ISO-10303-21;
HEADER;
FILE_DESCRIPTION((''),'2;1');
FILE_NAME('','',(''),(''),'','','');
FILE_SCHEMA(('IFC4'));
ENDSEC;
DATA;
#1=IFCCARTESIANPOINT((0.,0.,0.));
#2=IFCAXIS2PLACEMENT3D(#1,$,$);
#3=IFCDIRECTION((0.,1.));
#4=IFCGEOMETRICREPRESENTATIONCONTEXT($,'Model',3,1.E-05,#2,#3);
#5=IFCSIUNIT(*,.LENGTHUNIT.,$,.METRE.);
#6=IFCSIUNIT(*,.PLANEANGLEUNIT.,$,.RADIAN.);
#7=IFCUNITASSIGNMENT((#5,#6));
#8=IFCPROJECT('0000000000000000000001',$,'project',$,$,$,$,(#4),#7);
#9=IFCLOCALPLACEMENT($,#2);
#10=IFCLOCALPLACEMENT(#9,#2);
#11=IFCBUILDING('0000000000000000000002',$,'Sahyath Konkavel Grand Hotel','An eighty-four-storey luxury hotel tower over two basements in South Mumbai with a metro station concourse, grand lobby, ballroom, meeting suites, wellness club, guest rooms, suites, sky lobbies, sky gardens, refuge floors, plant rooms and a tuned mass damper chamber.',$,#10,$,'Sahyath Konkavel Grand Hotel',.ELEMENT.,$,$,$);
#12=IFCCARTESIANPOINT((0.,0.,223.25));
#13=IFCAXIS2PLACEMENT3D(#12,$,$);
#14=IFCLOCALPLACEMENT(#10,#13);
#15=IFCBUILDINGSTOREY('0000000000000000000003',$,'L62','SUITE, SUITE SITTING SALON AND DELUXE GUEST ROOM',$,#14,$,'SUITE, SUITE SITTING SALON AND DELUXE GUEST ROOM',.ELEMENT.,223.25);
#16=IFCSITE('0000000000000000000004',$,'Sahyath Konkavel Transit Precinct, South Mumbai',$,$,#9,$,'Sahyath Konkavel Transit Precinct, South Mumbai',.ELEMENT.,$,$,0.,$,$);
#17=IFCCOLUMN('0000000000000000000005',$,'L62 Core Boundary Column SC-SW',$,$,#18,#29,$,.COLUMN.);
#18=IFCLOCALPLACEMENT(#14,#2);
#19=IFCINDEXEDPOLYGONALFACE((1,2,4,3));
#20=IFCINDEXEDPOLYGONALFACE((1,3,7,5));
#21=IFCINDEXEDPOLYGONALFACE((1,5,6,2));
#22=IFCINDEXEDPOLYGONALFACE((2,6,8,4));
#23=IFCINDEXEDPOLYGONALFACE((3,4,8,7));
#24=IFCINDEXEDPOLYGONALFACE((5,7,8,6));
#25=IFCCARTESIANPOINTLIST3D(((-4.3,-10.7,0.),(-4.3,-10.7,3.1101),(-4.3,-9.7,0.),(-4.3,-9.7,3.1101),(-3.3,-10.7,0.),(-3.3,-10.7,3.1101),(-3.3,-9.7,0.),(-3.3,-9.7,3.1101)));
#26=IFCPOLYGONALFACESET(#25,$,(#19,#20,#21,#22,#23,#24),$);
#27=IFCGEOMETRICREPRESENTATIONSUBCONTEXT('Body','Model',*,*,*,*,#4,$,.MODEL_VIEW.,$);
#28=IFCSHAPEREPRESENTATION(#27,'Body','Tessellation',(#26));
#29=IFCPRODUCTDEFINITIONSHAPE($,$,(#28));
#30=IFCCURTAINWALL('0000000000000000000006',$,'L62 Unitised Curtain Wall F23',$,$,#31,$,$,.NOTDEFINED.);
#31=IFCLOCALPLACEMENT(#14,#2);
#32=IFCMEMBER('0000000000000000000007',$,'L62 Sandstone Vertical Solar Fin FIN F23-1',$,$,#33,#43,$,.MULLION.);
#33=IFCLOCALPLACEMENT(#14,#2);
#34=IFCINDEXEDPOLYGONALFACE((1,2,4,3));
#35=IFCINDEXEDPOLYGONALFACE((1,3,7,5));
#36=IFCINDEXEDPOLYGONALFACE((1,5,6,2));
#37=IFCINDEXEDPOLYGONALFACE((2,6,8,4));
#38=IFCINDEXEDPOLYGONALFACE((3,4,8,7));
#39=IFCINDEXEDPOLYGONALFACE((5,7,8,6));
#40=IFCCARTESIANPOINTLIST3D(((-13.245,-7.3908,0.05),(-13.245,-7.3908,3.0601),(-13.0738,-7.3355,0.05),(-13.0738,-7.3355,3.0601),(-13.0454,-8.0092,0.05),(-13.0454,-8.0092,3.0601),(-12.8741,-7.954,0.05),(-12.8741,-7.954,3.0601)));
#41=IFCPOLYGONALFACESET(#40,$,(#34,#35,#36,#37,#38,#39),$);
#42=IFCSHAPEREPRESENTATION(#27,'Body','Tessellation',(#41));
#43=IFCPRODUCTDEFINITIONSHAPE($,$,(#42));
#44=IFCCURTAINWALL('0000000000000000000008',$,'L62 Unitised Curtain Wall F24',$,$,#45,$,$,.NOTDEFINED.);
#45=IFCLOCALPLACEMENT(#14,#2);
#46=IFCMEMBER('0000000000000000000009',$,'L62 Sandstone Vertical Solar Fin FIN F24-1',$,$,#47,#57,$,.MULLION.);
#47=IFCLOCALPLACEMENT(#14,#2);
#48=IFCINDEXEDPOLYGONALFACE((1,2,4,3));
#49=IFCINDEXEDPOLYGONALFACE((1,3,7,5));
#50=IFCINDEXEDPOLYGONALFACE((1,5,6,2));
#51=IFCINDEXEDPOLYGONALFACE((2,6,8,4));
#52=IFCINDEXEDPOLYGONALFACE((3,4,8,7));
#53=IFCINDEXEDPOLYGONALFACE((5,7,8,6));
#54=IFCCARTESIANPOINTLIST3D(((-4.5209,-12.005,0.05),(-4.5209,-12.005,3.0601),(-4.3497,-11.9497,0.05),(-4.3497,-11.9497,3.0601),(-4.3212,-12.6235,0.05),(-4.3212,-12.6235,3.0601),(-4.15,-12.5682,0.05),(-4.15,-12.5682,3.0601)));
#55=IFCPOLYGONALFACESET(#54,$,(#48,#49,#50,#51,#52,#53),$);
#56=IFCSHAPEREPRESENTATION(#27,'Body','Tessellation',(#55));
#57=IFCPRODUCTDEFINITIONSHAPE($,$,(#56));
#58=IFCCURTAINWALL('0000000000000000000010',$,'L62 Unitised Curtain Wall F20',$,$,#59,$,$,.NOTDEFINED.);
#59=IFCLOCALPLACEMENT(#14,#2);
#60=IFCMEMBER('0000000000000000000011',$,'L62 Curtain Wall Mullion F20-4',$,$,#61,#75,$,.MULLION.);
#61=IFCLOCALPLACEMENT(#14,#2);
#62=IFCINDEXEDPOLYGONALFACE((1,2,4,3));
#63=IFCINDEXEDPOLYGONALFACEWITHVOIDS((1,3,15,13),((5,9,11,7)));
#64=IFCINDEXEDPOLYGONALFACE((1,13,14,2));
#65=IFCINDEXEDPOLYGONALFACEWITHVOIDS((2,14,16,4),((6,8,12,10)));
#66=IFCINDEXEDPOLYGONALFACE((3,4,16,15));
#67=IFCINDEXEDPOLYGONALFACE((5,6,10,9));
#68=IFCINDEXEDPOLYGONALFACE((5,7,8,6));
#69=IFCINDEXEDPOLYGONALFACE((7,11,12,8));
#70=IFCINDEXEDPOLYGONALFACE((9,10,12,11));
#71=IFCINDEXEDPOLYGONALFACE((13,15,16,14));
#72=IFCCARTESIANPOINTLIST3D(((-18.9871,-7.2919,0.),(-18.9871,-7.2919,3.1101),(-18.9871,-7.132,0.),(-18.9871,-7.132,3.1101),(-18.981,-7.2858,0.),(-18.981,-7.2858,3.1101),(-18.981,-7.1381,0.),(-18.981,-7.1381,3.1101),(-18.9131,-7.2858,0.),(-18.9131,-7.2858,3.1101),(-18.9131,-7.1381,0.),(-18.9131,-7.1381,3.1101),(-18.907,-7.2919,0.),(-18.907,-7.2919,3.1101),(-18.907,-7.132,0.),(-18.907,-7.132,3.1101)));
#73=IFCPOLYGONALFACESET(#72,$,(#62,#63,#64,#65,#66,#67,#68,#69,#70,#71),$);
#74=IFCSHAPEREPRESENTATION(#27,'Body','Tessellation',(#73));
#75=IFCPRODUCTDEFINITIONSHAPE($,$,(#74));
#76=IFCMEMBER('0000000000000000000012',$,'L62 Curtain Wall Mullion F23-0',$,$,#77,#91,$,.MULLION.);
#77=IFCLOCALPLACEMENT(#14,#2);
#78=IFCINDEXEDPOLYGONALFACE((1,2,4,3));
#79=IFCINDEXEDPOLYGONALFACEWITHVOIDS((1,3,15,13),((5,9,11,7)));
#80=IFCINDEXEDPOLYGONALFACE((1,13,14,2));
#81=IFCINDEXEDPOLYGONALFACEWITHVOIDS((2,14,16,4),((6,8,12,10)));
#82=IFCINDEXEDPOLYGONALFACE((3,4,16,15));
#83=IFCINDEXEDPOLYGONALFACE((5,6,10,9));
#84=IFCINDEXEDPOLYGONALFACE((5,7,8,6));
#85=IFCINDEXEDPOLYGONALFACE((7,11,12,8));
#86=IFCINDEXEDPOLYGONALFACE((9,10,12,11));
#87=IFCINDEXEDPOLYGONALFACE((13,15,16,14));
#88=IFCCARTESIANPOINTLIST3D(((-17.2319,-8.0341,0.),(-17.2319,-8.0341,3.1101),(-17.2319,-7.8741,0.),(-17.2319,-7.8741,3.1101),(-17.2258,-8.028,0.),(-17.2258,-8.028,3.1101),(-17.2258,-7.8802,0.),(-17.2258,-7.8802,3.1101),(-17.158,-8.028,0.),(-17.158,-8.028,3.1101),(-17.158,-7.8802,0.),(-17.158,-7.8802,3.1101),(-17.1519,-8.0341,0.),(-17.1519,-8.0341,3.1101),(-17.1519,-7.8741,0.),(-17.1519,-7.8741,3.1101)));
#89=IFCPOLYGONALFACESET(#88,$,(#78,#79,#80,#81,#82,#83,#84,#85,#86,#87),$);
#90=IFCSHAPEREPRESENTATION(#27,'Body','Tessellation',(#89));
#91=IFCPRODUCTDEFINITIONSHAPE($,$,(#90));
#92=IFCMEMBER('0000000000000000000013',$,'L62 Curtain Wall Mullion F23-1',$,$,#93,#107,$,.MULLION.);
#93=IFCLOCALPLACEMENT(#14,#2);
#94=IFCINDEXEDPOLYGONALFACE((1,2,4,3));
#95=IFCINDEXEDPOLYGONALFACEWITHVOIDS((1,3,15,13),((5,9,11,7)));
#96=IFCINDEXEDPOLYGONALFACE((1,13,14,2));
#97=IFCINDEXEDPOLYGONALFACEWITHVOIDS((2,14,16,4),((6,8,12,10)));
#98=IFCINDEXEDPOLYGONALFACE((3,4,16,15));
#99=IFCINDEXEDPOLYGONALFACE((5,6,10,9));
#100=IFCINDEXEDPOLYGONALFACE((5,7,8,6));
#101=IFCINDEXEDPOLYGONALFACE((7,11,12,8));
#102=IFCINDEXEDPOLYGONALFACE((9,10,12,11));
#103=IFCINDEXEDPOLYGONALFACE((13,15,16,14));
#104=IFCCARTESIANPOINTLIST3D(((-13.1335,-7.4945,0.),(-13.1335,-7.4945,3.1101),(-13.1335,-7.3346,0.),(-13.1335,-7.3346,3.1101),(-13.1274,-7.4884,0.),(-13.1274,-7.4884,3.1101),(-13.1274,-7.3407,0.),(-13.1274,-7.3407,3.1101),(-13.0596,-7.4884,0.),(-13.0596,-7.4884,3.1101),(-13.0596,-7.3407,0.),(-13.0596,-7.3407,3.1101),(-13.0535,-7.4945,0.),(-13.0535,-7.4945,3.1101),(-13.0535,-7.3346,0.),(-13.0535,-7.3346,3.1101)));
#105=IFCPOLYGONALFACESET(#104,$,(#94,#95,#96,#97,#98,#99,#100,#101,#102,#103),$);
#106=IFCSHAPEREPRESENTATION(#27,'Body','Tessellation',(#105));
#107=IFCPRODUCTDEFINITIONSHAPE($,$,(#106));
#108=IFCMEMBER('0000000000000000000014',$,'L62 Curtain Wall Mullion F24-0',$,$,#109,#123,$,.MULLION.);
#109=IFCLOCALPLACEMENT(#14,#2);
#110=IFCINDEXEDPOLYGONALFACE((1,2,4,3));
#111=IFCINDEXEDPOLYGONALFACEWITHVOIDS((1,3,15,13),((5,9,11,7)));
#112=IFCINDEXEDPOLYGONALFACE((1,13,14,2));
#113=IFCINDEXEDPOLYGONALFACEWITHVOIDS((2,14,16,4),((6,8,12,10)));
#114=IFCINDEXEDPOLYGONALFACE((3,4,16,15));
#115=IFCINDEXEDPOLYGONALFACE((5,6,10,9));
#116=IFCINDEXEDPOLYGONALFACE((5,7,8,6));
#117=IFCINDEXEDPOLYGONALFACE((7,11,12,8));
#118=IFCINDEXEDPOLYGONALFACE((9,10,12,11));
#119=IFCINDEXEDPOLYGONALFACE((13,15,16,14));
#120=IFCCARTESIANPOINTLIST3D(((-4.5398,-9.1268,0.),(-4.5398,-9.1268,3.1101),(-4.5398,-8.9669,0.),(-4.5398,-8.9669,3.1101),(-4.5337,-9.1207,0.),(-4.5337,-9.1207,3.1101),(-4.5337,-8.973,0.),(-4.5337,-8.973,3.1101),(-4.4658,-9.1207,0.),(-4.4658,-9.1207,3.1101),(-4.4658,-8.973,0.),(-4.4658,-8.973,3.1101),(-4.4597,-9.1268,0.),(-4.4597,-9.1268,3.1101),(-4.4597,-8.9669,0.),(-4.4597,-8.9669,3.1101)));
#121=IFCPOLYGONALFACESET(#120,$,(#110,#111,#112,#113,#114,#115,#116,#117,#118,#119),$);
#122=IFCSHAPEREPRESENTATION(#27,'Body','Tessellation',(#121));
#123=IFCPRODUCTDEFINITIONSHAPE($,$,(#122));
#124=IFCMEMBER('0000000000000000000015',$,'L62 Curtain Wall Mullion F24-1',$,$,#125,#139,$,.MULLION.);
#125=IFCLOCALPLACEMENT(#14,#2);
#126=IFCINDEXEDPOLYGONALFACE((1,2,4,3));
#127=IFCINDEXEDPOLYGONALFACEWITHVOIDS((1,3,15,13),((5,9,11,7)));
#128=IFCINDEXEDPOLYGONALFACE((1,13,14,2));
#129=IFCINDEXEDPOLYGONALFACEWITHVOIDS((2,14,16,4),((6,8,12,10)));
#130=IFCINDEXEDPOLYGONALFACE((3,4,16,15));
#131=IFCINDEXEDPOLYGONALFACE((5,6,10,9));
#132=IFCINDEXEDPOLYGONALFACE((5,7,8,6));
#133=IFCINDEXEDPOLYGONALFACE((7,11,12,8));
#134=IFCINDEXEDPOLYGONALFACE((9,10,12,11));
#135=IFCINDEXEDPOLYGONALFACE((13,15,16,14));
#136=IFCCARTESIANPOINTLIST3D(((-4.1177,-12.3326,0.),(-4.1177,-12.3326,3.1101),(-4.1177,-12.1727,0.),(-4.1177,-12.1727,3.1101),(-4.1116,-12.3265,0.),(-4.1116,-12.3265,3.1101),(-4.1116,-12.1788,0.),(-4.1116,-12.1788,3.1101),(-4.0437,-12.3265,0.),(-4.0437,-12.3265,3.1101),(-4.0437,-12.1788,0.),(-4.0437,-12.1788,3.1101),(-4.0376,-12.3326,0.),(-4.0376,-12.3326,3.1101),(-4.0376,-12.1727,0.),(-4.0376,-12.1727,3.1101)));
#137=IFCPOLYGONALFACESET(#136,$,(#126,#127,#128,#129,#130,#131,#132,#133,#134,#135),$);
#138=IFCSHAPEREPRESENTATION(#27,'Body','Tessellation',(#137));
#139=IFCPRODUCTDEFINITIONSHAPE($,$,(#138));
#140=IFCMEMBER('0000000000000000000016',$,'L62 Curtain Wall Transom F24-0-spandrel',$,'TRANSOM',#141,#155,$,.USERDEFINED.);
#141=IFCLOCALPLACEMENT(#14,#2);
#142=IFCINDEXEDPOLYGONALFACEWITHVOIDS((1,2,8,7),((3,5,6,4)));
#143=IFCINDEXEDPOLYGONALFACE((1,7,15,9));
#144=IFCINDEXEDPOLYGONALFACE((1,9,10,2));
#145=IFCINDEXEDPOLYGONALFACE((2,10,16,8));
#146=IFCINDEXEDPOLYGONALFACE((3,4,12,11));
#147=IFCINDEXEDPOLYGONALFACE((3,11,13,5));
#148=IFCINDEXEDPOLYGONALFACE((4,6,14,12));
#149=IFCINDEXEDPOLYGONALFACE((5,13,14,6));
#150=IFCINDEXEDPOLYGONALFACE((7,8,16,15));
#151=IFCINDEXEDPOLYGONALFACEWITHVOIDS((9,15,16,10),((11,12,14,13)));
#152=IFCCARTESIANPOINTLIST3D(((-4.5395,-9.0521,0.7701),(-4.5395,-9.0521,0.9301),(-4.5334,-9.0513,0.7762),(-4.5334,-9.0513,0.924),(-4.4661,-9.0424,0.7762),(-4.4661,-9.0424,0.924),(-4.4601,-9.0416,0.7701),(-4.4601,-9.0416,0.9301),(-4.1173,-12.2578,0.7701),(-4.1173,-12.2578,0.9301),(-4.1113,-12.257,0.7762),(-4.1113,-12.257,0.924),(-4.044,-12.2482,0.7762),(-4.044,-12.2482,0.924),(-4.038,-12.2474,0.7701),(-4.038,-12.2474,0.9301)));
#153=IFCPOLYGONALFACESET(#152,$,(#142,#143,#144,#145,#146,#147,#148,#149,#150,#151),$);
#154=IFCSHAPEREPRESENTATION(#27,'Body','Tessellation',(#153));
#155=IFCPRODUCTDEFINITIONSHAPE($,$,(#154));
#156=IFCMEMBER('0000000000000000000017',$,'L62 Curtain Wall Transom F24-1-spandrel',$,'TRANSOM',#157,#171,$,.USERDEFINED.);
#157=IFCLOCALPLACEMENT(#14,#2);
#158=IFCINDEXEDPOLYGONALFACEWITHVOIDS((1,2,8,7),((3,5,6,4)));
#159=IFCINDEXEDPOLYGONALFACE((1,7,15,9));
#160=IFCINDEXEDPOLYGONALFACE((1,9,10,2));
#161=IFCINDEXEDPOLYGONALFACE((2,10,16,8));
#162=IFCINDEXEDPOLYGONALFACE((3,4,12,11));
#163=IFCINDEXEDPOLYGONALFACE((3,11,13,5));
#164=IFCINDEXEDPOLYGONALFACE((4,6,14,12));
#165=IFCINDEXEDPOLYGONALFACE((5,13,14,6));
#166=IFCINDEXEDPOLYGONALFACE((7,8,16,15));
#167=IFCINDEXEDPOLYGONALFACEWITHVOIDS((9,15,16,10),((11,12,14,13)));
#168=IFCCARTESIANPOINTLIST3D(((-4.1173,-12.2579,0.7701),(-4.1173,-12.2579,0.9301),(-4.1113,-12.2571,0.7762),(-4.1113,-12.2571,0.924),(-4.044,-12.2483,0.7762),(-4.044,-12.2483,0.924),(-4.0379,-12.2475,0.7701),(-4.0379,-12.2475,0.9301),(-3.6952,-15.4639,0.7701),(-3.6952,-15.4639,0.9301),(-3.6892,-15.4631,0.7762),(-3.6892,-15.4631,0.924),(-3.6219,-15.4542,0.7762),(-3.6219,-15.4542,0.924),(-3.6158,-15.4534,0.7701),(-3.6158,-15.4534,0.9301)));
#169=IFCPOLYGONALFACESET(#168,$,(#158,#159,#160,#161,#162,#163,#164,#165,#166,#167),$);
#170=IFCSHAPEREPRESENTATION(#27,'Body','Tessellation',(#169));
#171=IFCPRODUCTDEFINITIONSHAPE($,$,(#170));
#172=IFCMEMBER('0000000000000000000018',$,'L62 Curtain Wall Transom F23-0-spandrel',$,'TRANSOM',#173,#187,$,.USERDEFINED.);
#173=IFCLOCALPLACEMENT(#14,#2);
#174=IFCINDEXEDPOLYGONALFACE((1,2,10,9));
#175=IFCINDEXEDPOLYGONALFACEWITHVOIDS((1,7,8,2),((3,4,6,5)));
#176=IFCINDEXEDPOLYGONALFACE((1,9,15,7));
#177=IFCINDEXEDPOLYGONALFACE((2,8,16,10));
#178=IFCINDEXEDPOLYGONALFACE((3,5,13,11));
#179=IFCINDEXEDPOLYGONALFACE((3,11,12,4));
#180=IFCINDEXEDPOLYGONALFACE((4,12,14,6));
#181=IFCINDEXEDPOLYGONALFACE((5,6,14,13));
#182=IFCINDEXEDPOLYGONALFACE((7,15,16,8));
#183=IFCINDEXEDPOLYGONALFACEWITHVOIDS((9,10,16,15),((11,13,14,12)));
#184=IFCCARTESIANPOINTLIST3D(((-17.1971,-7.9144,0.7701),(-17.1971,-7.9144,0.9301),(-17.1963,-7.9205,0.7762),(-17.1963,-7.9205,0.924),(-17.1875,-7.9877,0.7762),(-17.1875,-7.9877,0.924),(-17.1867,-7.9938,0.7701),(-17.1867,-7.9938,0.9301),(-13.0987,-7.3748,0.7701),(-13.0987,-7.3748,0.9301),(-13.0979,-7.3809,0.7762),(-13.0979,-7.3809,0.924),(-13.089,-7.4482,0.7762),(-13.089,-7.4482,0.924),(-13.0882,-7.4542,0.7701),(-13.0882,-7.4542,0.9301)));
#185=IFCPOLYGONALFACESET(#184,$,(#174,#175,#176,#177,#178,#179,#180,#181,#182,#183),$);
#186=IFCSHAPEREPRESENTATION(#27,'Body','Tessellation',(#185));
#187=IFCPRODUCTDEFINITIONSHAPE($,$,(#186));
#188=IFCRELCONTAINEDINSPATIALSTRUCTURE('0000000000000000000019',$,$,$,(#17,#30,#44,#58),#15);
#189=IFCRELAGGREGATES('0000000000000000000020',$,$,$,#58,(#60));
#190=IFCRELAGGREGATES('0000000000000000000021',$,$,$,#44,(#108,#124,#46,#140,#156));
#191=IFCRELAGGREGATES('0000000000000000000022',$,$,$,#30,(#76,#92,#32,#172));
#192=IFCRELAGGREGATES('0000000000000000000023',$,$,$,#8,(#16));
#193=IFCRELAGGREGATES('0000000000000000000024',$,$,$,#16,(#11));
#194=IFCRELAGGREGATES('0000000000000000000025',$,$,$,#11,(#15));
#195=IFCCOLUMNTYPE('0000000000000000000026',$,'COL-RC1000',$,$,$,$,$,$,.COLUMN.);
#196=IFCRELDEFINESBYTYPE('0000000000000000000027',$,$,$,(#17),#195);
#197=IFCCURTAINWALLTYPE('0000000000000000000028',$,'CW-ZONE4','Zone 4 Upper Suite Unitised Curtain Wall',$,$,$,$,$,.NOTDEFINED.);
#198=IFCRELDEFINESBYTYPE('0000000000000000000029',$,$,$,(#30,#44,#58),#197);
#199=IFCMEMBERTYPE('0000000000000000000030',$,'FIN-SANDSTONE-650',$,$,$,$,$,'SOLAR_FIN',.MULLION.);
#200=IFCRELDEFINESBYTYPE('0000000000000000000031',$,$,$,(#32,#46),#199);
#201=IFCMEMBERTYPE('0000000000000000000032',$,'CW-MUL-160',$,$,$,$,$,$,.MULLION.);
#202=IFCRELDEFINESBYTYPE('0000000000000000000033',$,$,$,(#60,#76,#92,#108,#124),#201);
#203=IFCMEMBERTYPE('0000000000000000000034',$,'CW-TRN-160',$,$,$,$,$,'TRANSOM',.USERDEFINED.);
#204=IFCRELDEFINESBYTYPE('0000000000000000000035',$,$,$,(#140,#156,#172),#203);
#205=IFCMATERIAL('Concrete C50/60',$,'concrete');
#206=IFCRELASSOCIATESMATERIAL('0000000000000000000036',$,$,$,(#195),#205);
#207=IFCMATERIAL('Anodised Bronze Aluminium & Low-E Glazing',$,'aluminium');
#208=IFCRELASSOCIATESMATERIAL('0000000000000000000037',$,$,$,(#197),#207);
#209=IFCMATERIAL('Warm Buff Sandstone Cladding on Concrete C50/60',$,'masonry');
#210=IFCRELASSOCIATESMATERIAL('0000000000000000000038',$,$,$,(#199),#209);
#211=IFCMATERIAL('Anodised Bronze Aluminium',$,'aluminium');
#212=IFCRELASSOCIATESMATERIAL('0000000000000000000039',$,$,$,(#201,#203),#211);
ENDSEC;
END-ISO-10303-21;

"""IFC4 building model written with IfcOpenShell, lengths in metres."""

from ifc_helpers import new_model, si_unit, direction, frame, origin, origin_2d, place, context, subcontext, project, spatial, rectangle, hollow_rectangle, extrude, source, transform, mapped, material, material_profile, profile_set, type_object, element, aggregate, save


model = new_model("IFC4")

# Units and contexts
model_context = context("Model", 3, precision=1e-05, world=origin(), true_north=direction((0.0, 1.0)))
body_context = subcontext(model_context, "Body", "Model", "MODEL_VIEW")
ifc_project = project(units=[si_unit("LENGTHUNIT", "METRE"), si_unit("PLANEANGLEUNIT", "RADIAN")], contexts=[model_context])

# Site, building, storey
site_placement = place(None, origin())
site = spatial("IfcSite", under=ifc_project, at=site_placement, Name="Sahyath Konkavel Transit Precinct, South Mumbai", LongName="Sahyath Konkavel Transit Precinct, South Mumbai", CompositionType="ELEMENT", RefElevation=0.0)
building_placement = place(site_placement, origin())
building = spatial("IfcBuilding", under=site, at=building_placement, Name="Sahyath Konkavel Grand Hotel", Description="An eighty-four-storey luxury hotel tower over two basements in South Mumbai with a metro station concourse, grand lobby, ballroom, meeting suites, wellness club, guest rooms, suites, sky lobbies, sky gardens, refuge floors, plant rooms and a tuned mass damper chamber.", LongName="Sahyath Konkavel Grand Hotel", CompositionType="ELEMENT")
storey_placement = place(building_placement, frame((0.0, 0.0, 223.25)))
storey = spatial("IfcBuildingStorey", under=building, at=storey_placement, Name="L62", Description="SUITE, SUITE SITTING SALON AND DELUXE GUEST ROOM", LongName="SUITE, SUITE SITTING SALON AND DELUXE GUEST ROOM", CompositionType="ELEMENT", Elevation=223.25)

# Column
ifc_material_1 = material(Name="Concrete C50/60", Category="concrete")
ifc_material_profile_1 = material_profile(ifc_material_1, rectangle(XDim=1.0, YDim=1.0, at=origin_2d()), Name="RC 1000x1000")
ifc_profile_set_1 = profile_set([ifc_material_profile_1], Name="Concrete C50/60")
column_type = type_object("IfcColumnType", Name="COL-RC1000", PredefinedType="COLUMN", material=ifc_profile_set_1)
shared_shape_1 = source(origin(), body_context, "Body", "SweptSolid", [
    extrude(rectangle(XDim=1.0, YDim=1.0, at=origin_2d()), origin(), (0.0, 0.0, 1.0), 3.1101),
])
column_placement = place(storey_placement, frame((-3.8, -10.2, 0.0), z_axis=(0.0, 0.0, 1.0), x_axis=(1.0, 0.0, 0.0)))
element("IfcColumn", 1, at=column_placement, inside=storey, type_object=column_type, Name="L62 Core Boundary Column SC-SW", PredefinedType="COLUMN", context=body_context, shape_type="MappedRepresentation", body=[
    mapped(shared_shape_1, transform((0.0, 0.0, 0.0), scale=1.0)),
])

# Curtain walls, members
ifc_material_2 = material(Name="Anodised Bronze Aluminium & Low-E Glazing", Category="aluminium")
curtain_wall_type = type_object("IfcCurtainWallType", Name="CW-ZONE4", Description="Zone 4 Upper Suite Unitised Curtain Wall", PredefinedType="NOTDEFINED", material=ifc_material_2)
curtain_wall_1_placement = place(storey_placement, origin())
curtain_wall_1 = element("IfcCurtainWall", 2, at=curtain_wall_1_placement, inside=storey, type_object=curtain_wall_type, Name="L62 Unitised Curtain Wall F23", PredefinedType="NOTDEFINED")
ifc_material_3 = material(Name="Warm Buff Sandstone Cladding on Concrete C50/60", Category="masonry")
ifc_material_profile_2 = material_profile(ifc_material_3, rectangle(XDim=0.1799, YDim=0.6499, at=origin_2d()), Name="FIN 180x650")
ifc_profile_set_2 = profile_set([ifc_material_profile_2], Name="Warm Buff Sandstone Cladding on Concrete C50/60")
member_type_1 = type_object("IfcMemberType", Name="FIN-SANDSTONE-650", ElementType="SOLAR_FIN", PredefinedType="MULLION", material=ifc_profile_set_2)
shared_shape_2 = source(origin(), body_context, "Body", "SweptSolid", [
    extrude(rectangle(XDim=0.1799, YDim=0.6499, at=origin_2d()), origin(), (0.0, 0.0, 1.0), 3.01),
])
member_1_placement = place(storey_placement, frame((-13.0596, -7.6724, 0.05), z_axis=(0.0, 0.0, 1.0), x_axis=(0.951648, 0.307191, 0.0)))
member_1 = element("IfcMember", 3, at=member_1_placement, type_object=member_type_1, Name="L62 Sandstone Vertical Solar Fin FIN F23-1", PredefinedType="MULLION", context=body_context, shape_type="MappedRepresentation", body=[
    mapped(shared_shape_2, transform((0.0, 0.0, 0.0), scale=1.0)),
])
curtain_wall_2_placement = place(storey_placement, origin())
curtain_wall_2 = element("IfcCurtainWall", 4, at=curtain_wall_2_placement, inside=storey, type_object=curtain_wall_type, Name="L62 Unitised Curtain Wall F24", PredefinedType="NOTDEFINED")
member_2_placement = place(storey_placement, frame((-4.3354, -12.2866, 0.05), z_axis=(0.0, 0.0, 1.0), x_axis=(0.951648, 0.307191, 0.0)))
member_2 = element("IfcMember", 5, at=member_2_placement, type_object=member_type_1, Name="L62 Sandstone Vertical Solar Fin FIN F24-1", PredefinedType="MULLION", context=body_context, shape_type="MappedRepresentation", body=[
    mapped(shared_shape_2, transform((0.0, 0.0, 0.0), scale=1.0)),
])
curtain_wall_3_placement = place(storey_placement, origin())
curtain_wall_3 = element("IfcCurtainWall", 6, at=curtain_wall_3_placement, inside=storey, type_object=curtain_wall_type, Name="L62 Unitised Curtain Wall F20", PredefinedType="NOTDEFINED")
ifc_material_4 = material(Name="Anodised Bronze Aluminium", Category="aluminium")
ifc_material_profile_3 = material_profile(ifc_material_4, hollow_rectangle(XDim=0.0801, YDim=0.1599, WallThickness=0.0061, at=origin_2d()), Name="RHS 160x80x6")
ifc_profile_set_3 = profile_set([ifc_material_profile_3], Name="Anodised Bronze Aluminium")
member_type_2 = type_object("IfcMemberType", Name="CW-MUL-160", PredefinedType="MULLION", material=ifc_profile_set_3)
shared_shape_3 = source(origin(), body_context, "Body", "SweptSolid", [
    extrude(hollow_rectangle(XDim=0.0801, YDim=0.1599, WallThickness=0.0061, at=origin_2d()), origin(), (0.0, 0.0, 1.0), 3.1101),
])
member_3_placement = place(storey_placement, frame((-18.947, -7.2119, 0.0), z_axis=(0.0, 0.0, 1.0), x_axis=(1.0, 0.0, 0.0)))
member_3 = element("IfcMember", 7, at=member_3_placement, type_object=member_type_2, Name="L62 Curtain Wall Mullion F20-4", PredefinedType="MULLION", context=body_context, shape_type="MappedRepresentation", body=[
    mapped(shared_shape_3, transform((0.0, 0.0, 0.0), scale=1.0)),
])
aggregate(curtain_wall_3, [member_3])

# Members
member_4_placement = place(storey_placement, frame((-17.1919, -7.9541, 0.0), z_axis=(0.0, 0.0, 1.0), x_axis=(1.0, 0.0, 0.0)))
member_4 = element("IfcMember", 8, at=member_4_placement, type_object=member_type_2, Name="L62 Curtain Wall Mullion F23-0", PredefinedType="MULLION", context=body_context, shape_type="MappedRepresentation", body=[
    mapped(shared_shape_3, transform((0.0, 0.0, 0.0), scale=1.0)),
])
member_5_placement = place(storey_placement, frame((-13.0935, -7.4146, 0.0), z_axis=(0.0, 0.0, 1.0), x_axis=(1.0, 0.0, 0.0)))
member_5 = element("IfcMember", 9, at=member_5_placement, type_object=member_type_2, Name="L62 Curtain Wall Mullion F23-1", PredefinedType="MULLION", context=body_context, shape_type="MappedRepresentation", body=[
    mapped(shared_shape_3, transform((0.0, 0.0, 0.0), scale=1.0)),
])
member_6_placement = place(storey_placement, frame((-4.4998, -9.0469, 0.0), z_axis=(0.0, 0.0, 1.0), x_axis=(1.0, 0.0, 0.0)))
member_6 = element("IfcMember", 10, at=member_6_placement, type_object=member_type_2, Name="L62 Curtain Wall Mullion F24-0", PredefinedType="MULLION", context=body_context, shape_type="MappedRepresentation", body=[
    mapped(shared_shape_3, transform((0.0, 0.0, 0.0), scale=1.0)),
])
member_7_placement = place(storey_placement, frame((-4.0776, -12.2527, 0.0), z_axis=(0.0, 0.0, 1.0), x_axis=(1.0, 0.0, 0.0)))
member_7 = element("IfcMember", 11, at=member_7_placement, type_object=member_type_2, Name="L62 Curtain Wall Mullion F24-1", PredefinedType="MULLION", context=body_context, shape_type="MappedRepresentation", body=[
    mapped(shared_shape_3, transform((0.0, 0.0, 0.0), scale=1.0)),
])
ifc_material_profile_4 = material_profile(ifc_material_4, hollow_rectangle(XDim=0.0801, YDim=0.1599, WallThickness=0.0061, at=origin_2d()), Name="RHS 160x80x6")
ifc_profile_set_4 = profile_set([ifc_material_profile_4], Name="Anodised Bronze Aluminium")
member_type_3 = type_object("IfcMemberType", Name="CW-TRN-160", ElementType="TRANSOM", PredefinedType="USERDEFINED", material=ifc_profile_set_4)
shared_shape_4 = source(origin(), body_context, "Body", "SweptSolid", [
    extrude(hollow_rectangle(XDim=0.0801, YDim=0.1599, WallThickness=0.0061, at=origin_2d()), origin(), (0.0, 0.0, 1.0), 3.2334),
])
member_8_placement = place(storey_placement, frame((-4.4998, -9.0469, 0.8501), z_axis=(0.130546, -0.991442, 0.0), x_axis=(0.991442, 0.130546, 0.0)))
member_8 = element("IfcMember", 12, at=member_8_placement, type_object=member_type_3, Name="L62 Curtain Wall Transom F24-0-spandrel", ObjectType="TRANSOM", PredefinedType="USERDEFINED", context=body_context, shape_type="MappedRepresentation", body=[
    mapped(shared_shape_4, transform((0.0, 0.0, 0.0), scale=1.0)),
])
shared_shape_5 = source(origin(), body_context, "Body", "SweptSolid", [
    extrude(hollow_rectangle(XDim=0.0801, YDim=0.1599, WallThickness=0.0061, at=origin_2d()), origin(), (0.0, 0.0, 1.0), 3.2336),
])
member_9_placement = place(storey_placement, frame((-4.0776, -12.2527, 0.8501), z_axis=(0.130537, -0.991443, 0.0), x_axis=(0.991443, 0.130537, 0.0)))
member_9 = element("IfcMember", 13, at=member_9_placement, type_object=member_type_3, Name="L62 Curtain Wall Transom F24-1-spandrel", ObjectType="TRANSOM", PredefinedType="USERDEFINED", context=body_context, shape_type="MappedRepresentation", body=[
    mapped(shared_shape_5, transform((0.0, 0.0, 0.0), scale=1.0)),
])
shared_shape_6 = source(origin(), body_context, "Body", "SweptSolid", [
    extrude(hollow_rectangle(XDim=0.0801, YDim=0.1599, WallThickness=0.0061, at=origin_2d()), origin(), (0.0, 0.0, 1.0), 4.1338),
])
member_10_placement = place(storey_placement, frame((-17.1919, -7.9541, 0.8501), z_axis=(0.991445, 0.130523, 0.0), x_axis=(-0.130523, 0.991445, 0.0)))
member_10 = element("IfcMember", 14, at=member_10_placement, type_object=member_type_3, Name="L62 Curtain Wall Transom F23-0-spandrel", ObjectType="TRANSOM", PredefinedType="USERDEFINED", context=body_context, shape_type="MappedRepresentation", body=[
    mapped(shared_shape_6, transform((0.0, 0.0, 0.0), scale=1.0)),
])

aggregate(curtain_wall_2, [member_6, member_7, member_2, member_8, member_9])
aggregate(curtain_wall_1, [member_4, member_5, member_1, member_10])

save(model, "model.ifc")
